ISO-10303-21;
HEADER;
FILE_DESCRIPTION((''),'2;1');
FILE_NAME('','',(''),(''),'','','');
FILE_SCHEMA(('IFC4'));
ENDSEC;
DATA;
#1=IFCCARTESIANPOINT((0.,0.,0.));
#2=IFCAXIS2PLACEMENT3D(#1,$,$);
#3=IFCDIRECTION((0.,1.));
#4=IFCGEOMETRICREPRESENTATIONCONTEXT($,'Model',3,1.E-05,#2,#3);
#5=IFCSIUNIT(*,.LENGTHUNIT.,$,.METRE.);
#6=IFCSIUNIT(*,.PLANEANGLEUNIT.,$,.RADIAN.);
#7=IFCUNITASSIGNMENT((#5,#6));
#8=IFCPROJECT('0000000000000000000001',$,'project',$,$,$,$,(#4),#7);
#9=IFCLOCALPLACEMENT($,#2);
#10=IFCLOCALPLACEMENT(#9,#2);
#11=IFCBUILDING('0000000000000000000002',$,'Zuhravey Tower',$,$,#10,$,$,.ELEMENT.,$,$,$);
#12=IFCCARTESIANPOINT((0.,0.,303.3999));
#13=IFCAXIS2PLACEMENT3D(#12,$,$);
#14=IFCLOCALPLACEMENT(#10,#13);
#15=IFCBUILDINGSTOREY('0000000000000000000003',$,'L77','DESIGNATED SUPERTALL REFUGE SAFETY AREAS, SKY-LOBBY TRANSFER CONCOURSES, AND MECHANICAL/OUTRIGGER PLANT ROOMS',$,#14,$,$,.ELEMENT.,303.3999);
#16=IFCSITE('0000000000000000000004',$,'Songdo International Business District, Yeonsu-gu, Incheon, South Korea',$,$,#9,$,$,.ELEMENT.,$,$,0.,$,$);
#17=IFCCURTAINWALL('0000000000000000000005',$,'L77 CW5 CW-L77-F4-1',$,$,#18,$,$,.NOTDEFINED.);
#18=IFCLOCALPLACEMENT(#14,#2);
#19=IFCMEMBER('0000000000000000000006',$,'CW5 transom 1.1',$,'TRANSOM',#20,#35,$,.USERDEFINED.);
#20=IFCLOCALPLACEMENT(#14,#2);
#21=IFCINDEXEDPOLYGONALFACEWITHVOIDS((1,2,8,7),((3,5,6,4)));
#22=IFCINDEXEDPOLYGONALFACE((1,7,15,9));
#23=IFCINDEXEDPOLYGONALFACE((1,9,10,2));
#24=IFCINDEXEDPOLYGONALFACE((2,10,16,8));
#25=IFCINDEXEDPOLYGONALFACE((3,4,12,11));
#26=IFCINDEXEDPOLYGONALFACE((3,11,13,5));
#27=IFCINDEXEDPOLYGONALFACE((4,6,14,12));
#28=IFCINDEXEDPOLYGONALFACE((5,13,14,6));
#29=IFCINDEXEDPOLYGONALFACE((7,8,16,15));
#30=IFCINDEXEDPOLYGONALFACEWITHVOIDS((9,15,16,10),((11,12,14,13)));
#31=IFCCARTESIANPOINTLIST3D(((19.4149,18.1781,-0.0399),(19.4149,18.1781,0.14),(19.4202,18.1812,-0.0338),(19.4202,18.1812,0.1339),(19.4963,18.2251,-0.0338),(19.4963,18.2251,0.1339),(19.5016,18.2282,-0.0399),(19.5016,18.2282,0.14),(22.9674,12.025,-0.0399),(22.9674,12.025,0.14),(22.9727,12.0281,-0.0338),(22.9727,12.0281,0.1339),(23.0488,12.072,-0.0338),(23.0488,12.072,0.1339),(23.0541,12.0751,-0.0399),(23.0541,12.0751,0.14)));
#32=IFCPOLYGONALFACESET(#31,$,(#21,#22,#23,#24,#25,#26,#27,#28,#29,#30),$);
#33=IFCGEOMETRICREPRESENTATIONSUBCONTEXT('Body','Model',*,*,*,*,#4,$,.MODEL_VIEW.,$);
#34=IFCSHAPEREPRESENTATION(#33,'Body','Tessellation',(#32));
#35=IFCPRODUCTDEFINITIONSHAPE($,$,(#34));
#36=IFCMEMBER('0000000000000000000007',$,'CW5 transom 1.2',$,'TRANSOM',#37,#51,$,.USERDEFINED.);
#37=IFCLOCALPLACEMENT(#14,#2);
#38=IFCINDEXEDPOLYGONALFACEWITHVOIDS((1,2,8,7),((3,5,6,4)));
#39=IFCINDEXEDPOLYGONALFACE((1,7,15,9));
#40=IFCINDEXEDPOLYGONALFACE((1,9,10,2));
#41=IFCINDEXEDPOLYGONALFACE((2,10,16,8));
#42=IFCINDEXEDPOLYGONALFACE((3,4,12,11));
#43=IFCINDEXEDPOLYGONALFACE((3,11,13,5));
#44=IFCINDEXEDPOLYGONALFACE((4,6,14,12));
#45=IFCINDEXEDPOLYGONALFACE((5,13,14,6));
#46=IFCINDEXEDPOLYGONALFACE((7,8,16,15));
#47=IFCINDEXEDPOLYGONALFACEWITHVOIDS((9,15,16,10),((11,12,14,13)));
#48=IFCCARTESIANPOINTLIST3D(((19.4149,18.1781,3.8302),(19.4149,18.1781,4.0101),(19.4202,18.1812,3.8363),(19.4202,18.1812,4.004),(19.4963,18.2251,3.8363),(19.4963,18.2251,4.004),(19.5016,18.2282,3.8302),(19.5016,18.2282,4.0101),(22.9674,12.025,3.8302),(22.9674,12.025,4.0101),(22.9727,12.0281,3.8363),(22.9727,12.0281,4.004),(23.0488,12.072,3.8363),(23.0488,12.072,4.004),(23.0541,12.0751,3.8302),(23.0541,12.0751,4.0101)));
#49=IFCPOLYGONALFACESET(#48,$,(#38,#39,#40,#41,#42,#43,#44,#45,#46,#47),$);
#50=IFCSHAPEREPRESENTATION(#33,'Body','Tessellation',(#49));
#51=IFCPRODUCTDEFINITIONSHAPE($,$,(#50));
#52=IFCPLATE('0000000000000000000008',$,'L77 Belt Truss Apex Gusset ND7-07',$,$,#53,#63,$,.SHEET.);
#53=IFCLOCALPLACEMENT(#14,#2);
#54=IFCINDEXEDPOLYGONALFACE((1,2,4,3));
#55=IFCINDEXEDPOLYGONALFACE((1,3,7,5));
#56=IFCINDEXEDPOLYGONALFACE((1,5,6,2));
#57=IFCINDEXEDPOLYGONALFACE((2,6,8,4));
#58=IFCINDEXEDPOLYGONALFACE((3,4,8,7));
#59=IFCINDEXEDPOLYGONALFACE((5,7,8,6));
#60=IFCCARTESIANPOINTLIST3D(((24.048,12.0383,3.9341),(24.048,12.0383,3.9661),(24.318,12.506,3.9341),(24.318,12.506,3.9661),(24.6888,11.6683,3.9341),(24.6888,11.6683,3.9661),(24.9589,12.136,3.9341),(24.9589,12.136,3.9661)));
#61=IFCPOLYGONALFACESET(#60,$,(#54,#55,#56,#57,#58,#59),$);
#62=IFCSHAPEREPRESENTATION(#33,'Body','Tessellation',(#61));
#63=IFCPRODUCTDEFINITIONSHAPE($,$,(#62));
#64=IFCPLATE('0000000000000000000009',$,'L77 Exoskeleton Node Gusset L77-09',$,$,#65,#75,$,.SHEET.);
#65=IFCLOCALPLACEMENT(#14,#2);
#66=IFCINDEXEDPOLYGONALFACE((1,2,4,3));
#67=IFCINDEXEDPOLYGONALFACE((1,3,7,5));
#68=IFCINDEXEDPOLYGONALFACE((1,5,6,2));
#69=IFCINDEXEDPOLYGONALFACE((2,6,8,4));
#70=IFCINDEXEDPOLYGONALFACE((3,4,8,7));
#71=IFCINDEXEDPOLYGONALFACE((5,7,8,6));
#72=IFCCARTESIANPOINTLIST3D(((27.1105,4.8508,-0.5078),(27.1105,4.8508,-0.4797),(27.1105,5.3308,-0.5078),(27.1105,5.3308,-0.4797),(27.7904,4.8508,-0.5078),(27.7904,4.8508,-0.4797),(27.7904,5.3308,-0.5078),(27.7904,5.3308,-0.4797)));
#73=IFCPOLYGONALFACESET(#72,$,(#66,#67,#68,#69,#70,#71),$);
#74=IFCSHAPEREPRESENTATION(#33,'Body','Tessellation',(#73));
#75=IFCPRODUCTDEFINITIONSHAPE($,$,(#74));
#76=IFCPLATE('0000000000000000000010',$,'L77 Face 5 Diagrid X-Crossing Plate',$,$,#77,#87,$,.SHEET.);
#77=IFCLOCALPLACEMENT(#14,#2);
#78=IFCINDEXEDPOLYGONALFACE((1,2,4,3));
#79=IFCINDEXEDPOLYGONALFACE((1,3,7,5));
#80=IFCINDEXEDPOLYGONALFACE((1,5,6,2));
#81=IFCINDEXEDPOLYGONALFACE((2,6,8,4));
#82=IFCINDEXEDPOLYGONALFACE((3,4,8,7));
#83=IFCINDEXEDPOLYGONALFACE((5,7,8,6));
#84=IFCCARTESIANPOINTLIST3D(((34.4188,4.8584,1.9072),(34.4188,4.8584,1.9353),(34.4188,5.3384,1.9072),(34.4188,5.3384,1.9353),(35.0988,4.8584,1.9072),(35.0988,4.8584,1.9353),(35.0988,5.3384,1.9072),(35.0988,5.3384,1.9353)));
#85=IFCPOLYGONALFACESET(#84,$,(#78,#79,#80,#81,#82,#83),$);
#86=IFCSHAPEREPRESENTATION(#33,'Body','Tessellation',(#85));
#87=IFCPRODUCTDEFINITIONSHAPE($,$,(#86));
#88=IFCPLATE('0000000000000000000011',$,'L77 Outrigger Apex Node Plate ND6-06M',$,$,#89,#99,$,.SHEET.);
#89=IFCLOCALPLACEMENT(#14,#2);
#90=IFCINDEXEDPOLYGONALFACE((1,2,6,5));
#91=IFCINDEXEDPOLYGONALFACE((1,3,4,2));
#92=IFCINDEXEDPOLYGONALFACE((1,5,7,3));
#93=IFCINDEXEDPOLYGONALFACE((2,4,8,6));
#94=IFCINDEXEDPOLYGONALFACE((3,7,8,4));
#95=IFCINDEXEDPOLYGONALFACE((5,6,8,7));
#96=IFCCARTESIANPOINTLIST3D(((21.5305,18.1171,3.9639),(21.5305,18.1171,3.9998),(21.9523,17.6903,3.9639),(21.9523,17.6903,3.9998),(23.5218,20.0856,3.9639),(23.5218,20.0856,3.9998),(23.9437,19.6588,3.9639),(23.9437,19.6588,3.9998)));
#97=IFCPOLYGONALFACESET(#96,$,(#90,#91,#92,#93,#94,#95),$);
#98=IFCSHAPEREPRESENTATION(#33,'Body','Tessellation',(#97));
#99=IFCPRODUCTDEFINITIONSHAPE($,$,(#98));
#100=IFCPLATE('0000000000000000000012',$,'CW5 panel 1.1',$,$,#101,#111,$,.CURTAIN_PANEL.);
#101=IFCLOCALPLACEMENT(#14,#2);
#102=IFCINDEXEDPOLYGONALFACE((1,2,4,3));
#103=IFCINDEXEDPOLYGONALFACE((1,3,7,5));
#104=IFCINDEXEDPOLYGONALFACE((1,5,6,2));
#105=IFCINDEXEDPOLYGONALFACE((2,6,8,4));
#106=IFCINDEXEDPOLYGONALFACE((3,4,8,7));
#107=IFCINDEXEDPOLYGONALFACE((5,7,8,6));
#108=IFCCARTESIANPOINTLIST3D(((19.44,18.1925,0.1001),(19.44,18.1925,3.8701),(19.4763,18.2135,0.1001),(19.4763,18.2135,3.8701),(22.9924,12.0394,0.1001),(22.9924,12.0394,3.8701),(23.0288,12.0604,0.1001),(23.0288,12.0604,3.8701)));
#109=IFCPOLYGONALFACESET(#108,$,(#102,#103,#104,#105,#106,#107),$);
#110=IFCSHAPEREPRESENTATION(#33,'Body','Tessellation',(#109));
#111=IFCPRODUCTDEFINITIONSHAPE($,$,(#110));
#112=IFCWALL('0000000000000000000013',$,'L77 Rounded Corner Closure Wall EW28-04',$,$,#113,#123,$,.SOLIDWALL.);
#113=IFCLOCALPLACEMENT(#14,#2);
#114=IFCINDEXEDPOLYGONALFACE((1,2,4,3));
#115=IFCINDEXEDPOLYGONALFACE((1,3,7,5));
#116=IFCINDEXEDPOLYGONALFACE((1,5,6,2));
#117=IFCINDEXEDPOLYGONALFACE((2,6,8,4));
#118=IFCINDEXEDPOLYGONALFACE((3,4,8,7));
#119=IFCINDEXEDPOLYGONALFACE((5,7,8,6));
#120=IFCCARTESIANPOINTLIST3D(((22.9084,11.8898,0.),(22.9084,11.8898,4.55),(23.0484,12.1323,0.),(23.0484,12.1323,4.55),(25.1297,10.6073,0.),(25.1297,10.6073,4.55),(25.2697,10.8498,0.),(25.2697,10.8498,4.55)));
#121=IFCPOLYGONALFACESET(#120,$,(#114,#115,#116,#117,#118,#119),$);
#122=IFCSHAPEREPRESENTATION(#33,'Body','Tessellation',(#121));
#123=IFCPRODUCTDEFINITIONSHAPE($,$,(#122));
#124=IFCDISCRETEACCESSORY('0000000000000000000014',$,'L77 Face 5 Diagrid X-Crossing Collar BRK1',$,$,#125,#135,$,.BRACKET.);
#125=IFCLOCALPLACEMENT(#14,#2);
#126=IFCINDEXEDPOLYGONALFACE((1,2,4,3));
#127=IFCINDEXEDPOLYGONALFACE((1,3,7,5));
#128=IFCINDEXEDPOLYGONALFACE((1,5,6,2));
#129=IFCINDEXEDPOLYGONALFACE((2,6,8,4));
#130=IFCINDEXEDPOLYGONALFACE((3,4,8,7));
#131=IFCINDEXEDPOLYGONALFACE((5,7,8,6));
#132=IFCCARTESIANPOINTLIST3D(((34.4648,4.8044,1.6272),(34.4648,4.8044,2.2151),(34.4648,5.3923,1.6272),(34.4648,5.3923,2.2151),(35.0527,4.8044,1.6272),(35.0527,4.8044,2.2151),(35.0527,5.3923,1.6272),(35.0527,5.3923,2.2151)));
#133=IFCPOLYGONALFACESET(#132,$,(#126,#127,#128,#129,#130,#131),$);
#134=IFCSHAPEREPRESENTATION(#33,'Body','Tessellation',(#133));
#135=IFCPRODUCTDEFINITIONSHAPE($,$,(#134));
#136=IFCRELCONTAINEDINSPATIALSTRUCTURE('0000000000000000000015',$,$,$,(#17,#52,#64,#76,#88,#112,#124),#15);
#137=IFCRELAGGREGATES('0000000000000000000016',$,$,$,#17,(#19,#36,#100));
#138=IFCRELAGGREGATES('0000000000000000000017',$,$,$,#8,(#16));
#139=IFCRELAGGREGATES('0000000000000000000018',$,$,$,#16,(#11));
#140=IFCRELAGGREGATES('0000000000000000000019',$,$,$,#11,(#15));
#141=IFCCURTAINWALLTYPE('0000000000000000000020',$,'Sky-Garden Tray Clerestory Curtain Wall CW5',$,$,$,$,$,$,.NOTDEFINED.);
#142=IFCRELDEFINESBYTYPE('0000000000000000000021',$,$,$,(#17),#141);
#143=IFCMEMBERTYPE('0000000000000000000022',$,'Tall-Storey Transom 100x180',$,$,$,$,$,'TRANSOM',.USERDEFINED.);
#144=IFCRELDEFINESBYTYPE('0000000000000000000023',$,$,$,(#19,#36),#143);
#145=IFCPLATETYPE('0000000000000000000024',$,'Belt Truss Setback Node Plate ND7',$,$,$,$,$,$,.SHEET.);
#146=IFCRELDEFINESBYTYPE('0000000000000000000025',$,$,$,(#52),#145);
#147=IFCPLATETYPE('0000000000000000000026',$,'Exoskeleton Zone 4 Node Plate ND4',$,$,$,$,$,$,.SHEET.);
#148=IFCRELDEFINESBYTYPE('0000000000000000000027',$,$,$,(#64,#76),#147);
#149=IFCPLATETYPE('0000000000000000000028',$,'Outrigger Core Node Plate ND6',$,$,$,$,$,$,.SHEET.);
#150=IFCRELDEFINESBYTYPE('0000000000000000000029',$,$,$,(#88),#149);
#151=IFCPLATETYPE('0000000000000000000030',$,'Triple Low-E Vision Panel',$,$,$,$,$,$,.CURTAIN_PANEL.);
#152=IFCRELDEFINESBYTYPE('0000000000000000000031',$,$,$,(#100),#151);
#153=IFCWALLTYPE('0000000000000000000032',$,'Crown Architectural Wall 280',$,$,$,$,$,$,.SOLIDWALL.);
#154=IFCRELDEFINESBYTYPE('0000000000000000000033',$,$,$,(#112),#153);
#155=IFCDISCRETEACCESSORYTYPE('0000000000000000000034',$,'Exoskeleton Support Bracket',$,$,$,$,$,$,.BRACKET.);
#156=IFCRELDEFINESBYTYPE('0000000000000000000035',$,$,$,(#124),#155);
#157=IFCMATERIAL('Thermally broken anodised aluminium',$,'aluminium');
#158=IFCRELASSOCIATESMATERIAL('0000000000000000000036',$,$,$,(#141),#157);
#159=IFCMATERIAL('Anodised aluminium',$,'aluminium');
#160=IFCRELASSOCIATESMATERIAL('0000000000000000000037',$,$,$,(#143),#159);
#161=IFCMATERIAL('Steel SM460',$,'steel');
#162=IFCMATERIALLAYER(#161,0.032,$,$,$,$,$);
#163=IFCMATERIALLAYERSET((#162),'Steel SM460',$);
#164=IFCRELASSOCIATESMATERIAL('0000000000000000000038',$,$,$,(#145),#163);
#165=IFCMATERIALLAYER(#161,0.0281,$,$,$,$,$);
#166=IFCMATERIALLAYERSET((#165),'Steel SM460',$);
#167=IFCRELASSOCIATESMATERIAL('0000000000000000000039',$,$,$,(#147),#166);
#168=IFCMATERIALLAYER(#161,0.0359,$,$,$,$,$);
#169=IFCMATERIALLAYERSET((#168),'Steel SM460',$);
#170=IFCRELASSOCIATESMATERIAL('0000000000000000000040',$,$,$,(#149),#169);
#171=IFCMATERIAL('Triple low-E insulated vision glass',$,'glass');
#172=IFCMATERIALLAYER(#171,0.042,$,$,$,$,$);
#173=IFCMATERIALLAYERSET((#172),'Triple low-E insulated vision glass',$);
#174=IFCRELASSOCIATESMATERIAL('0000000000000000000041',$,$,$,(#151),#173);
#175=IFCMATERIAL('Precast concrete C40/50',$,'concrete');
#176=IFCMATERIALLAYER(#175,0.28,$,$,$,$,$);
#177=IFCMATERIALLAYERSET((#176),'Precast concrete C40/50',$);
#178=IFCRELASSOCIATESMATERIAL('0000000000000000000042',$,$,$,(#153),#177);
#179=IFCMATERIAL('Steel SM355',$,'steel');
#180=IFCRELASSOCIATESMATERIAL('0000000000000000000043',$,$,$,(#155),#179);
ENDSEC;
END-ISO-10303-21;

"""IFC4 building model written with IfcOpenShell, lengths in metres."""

from ifc_helpers import new_model, si_unit, direction, frame, frame_2d, origin, origin_2d, place, context, subcontext, project, spatial, rectangle, hollow_rectangle, extrude, material, layer, layer_set, material_profile, profile_set, type_object, element, aggregate, save


model = new_model("IFC4")

# Units and contexts
model_context = context("Model", 3, precision=1e-05, world=origin(), true_north=direction((0.0, 1.0)))
body_context = subcontext(model_context, "Body", "Model", "MODEL_VIEW")
ifc_project = project(units=[si_unit("LENGTHUNIT", "METRE"), si_unit("PLANEANGLEUNIT", "RADIAN")], contexts=[model_context])

# Site, building, storey
site_placement = place(None, origin())
site = spatial("IfcSite", under=ifc_project, at=site_placement, Name="Songdo International Business District, Yeonsu-gu, Incheon, South Korea", CompositionType="ELEMENT", RefElevation=0.0)
building_placement = place(site_placement, origin())
building = spatial("IfcBuilding", under=site, at=building_placement, Name="Zuhravey Tower", CompositionType="ELEMENT")
storey_placement = place(building_placement, frame((0.0, 0.0, 303.3999)))
storey = spatial("IfcBuildingStorey", under=building, at=storey_placement, Name="L77", Description="DESIGNATED SUPERTALL REFUGE SAFETY AREAS, SKY-LOBBY TRANSFER CONCOURSES, AND MECHANICAL/OUTRIGGER PLANT ROOMS", CompositionType="ELEMENT", Elevation=303.3999)

# Shared definitions
ifc_material_1 = material(Name="Steel SM355", Category="steel")

# Shared definitions
ifc_material_2 = material(Name="Steel SM460", Category="steel")

# Curtain wall
ifc_material_3 = material(Name="Thermally broken anodised aluminium", Category="aluminium")
curtain_wall_type = type_object("IfcCurtainWallType", Name="Sky-Garden Tray Clerestory Curtain Wall CW5", PredefinedType="NOTDEFINED", material=ifc_material_3)
curtain_wall_placement = place(storey_placement, origin())
curtain_wall = element("IfcCurtainWall", 1, at=curtain_wall_placement, inside=storey, type_object=curtain_wall_type, Name="L77 CW5 CW-L77-F4-1", PredefinedType="NOTDEFINED")
ifc_material_4 = material(Name="Anodised aluminium", Category="aluminium")

# Members
ifc_material_profile_1 = material_profile(ifc_material_4, hollow_rectangle(XDim=0.1001, YDim=0.1799, WallThickness=0.0061, at=origin_2d()), Name="ALU-RHS-100x180x6")
ifc_profile_set_1 = profile_set([ifc_material_profile_1], Name="Anodised aluminium")
member_type_1 = type_object("IfcMemberType", Name="Tall-Storey Transom 100x180", ElementType="TRANSOM", PredefinedType="USERDEFINED", material=ifc_profile_set_1)
member_1_placement = place(storey_placement, frame((23.0107, 12.05, 0.05), z_axis=(-0.500001, 0.866025, 0.0), x_axis=(-0.866025, -0.500001, 0.0)))
member_1 = element("IfcMember", 2, at=member_1_placement, type_object=member_type_1, Name="CW5 transom 1.1", ObjectType="TRANSOM", PredefinedType="USERDEFINED", context=body_context, shape_type="SweptSolid", body=[
    extrude(hollow_rectangle(XDim=0.1001, YDim=0.1799, WallThickness=0.0061, at=origin_2d()), origin(), (0.0, 0.0, 1.0), 7.105),
])
member_2_placement = place(storey_placement, frame((23.0107, 12.05, 3.9202), z_axis=(-0.500001, 0.866025, 0.0), x_axis=(-0.866025, -0.500001, 0.0)))
member_2 = element("IfcMember", 3, at=member_2_placement, type_object=member_type_1, Name="CW5 transom 1.2", ObjectType="TRANSOM", PredefinedType="USERDEFINED", context=body_context, shape_type="SweptSolid", body=[
    extrude(hollow_rectangle(XDim=0.1001, YDim=0.1799, WallThickness=0.0061, at=origin_2d()), origin(), (0.0, 0.0, 1.0), 7.105),
])

# Plates
ifc_layer_1 = layer(ifc_material_2, 0.032)
ifc_layer_set_1 = layer_set([ifc_layer_1], Name="Steel SM460")
plate_type_1 = type_object("IfcPlateType", Name="Belt Truss Setback Node Plate ND7", PredefinedType="SHEET", material=ifc_layer_set_1)
plate_1_placement = place(storey_placement, frame((24.5034, 12.0872, 3.9341), z_axis=(0.0, 0.0, 1.0), x_axis=(0.866025, -0.5, 0.0)))
element("IfcPlate", 4, at=plate_1_placement, inside=storey, type_object=plate_type_1, Name="L77 Belt Truss Apex Gusset ND7-07", PredefinedType="SHEET", context=body_context, shape_type="SweptSolid", body=[
    extrude(rectangle(XDim=0.74, YDim=0.54, at=origin_2d()), origin(), (0.0, 0.0, 1.0), 0.032),
])
ifc_layer_2 = layer(ifc_material_2, 0.0281)
ifc_layer_set_2 = layer_set([ifc_layer_2], Name="Steel SM460")
plate_type_2 = type_object("IfcPlateType", Name="Exoskeleton Zone 4 Node Plate ND4", PredefinedType="SHEET", material=ifc_layer_set_2)
for number, where, z_axis, x_axis, name in (
    (5, (27.4504, 5.0908, -0.5078), (0.0, 0.0, 1.0), (1.0, 0.0, 0.0), "L77 Exoskeleton Node Gusset L77-09"),
    (6, (34.7588, 5.0984, 1.9072), (0.0, 0.0, 1.0), (1.0, 0.0, 0.0), "L77 Face 5 Diagrid X-Crossing Plate"),
):
    element("IfcPlate", number, at=place(storey_placement, frame(where, z_axis=z_axis, x_axis=x_axis)), inside=storey, type_object=plate_type_2, Name=name, PredefinedType="SHEET", context=body_context, shape_type="SweptSolid", body=[
        extrude(rectangle(XDim=0.6799, YDim=0.48, at=origin_2d()), origin(), (0.0, 0.0, 1.0), 0.0281),
    ])
ifc_layer_3 = layer(ifc_material_2, 0.0359)
ifc_layer_set_3 = layer_set([ifc_layer_3], Name="Steel SM460")
plate_type_3 = type_object("IfcPlateType", Name="Outrigger Core Node Plate ND6", PredefinedType="SHEET", material=ifc_layer_set_3)
plate_2_placement = place(storey_placement, frame((22.7371, 18.8879, 3.9639), z_axis=(0.0, 0.0, 1.0), x_axis=(-0.711168, -0.703022, 0.0)))
element("IfcPlate", 7, at=plate_2_placement, inside=storey, type_object=plate_type_3, Name="L77 Outrigger Apex Node Plate ND6-06M", PredefinedType="SHEET", context=body_context, shape_type="SweptSolid", body=[
    extrude(rectangle(XDim=2.8, YDim=0.6001, at=origin_2d()), origin(), (0.0, 0.0, 1.0), 0.0359),
])

# Plate
ifc_material_5 = material(Name="Triple low-E insulated vision glass", Category="glass")
ifc_layer_4 = layer(ifc_material_5, 0.042)
ifc_layer_set_4 = layer_set([ifc_layer_4], Name="Triple low-E insulated vision glass")
plate_type_4 = type_object("IfcPlateType", Name="Triple Low-E Vision Panel", PredefinedType="CURTAIN_PANEL", material=ifc_layer_set_4)
plate_3_placement = place(storey_placement, frame((21.2344, 15.1265, 0.1001), z_axis=(0.0, 0.0, 1.0), x_axis=(-0.499999, 0.866026, 0.0)))
plate_3 = element("IfcPlate", 8, at=plate_3_placement, type_object=plate_type_4, Name="CW5 panel 1.1", PredefinedType="CURTAIN_PANEL", context=body_context, shape_type="SweptSolid", body=[
    extrude(rectangle(XDim=7.105, YDim=0.042, at=origin_2d()), origin(), (0.0, 0.0, 1.0), 3.77),
])
aggregate(curtain_wall, [member_1, member_2, plate_3])

# Wall
ifc_material_6 = material(Name="Precast concrete C40/50", Category="concrete")
ifc_layer_5 = layer(ifc_material_6, 0.28)
ifc_layer_set_5 = layer_set([ifc_layer_5], Name="Precast concrete C40/50")
wall_type = type_object("IfcWallType", Name="Crown Architectural Wall 280", PredefinedType="SOLIDWALL", material=ifc_layer_set_5)
wall_placement = place(storey_placement, frame((25.1997, 10.7285, 0.0), z_axis=(0.0, 0.0, 1.0), x_axis=(-0.866014, 0.500019, 0.0)))
element("IfcWall", 9, at=wall_placement, inside=storey, type_object=wall_type, Name="L77 Rounded Corner Closure Wall EW28-04", PredefinedType="SOLIDWALL", context=body_context, shape_type="SweptSolid", body=[
    extrude(rectangle(XDim=2.5649, YDim=0.28, at=frame_2d((1.2825, 0.0))), origin(), (0.0, 0.0, 1.0), 4.55),
])

# Discrete accessory
discrete_accessory_type = type_object("IfcDiscreteAccessoryType", Name="Exoskeleton Support Bracket", PredefinedType="BRACKET", material=ifc_material_1)
discrete_accessory_placement = place(storey_placement, frame((34.7588, 5.0984, 1.6272), z_axis=(0.0, 0.0, 1.0), x_axis=(1.0, 0.0, 0.0)))
element("IfcDiscreteAccessory", 10, at=discrete_accessory_placement, inside=storey, type_object=discrete_accessory_type, Name="L77 Face 5 Diagrid X-Crossing Collar BRK1", PredefinedType="BRACKET", context=body_context, shape_type="SweptSolid", body=[
    extrude(rectangle(XDim=0.5879, YDim=0.5879, at=origin_2d()), origin(), (0.0, 0.0, 1.0), 0.5879),
])

save(model, "model.ifc")
